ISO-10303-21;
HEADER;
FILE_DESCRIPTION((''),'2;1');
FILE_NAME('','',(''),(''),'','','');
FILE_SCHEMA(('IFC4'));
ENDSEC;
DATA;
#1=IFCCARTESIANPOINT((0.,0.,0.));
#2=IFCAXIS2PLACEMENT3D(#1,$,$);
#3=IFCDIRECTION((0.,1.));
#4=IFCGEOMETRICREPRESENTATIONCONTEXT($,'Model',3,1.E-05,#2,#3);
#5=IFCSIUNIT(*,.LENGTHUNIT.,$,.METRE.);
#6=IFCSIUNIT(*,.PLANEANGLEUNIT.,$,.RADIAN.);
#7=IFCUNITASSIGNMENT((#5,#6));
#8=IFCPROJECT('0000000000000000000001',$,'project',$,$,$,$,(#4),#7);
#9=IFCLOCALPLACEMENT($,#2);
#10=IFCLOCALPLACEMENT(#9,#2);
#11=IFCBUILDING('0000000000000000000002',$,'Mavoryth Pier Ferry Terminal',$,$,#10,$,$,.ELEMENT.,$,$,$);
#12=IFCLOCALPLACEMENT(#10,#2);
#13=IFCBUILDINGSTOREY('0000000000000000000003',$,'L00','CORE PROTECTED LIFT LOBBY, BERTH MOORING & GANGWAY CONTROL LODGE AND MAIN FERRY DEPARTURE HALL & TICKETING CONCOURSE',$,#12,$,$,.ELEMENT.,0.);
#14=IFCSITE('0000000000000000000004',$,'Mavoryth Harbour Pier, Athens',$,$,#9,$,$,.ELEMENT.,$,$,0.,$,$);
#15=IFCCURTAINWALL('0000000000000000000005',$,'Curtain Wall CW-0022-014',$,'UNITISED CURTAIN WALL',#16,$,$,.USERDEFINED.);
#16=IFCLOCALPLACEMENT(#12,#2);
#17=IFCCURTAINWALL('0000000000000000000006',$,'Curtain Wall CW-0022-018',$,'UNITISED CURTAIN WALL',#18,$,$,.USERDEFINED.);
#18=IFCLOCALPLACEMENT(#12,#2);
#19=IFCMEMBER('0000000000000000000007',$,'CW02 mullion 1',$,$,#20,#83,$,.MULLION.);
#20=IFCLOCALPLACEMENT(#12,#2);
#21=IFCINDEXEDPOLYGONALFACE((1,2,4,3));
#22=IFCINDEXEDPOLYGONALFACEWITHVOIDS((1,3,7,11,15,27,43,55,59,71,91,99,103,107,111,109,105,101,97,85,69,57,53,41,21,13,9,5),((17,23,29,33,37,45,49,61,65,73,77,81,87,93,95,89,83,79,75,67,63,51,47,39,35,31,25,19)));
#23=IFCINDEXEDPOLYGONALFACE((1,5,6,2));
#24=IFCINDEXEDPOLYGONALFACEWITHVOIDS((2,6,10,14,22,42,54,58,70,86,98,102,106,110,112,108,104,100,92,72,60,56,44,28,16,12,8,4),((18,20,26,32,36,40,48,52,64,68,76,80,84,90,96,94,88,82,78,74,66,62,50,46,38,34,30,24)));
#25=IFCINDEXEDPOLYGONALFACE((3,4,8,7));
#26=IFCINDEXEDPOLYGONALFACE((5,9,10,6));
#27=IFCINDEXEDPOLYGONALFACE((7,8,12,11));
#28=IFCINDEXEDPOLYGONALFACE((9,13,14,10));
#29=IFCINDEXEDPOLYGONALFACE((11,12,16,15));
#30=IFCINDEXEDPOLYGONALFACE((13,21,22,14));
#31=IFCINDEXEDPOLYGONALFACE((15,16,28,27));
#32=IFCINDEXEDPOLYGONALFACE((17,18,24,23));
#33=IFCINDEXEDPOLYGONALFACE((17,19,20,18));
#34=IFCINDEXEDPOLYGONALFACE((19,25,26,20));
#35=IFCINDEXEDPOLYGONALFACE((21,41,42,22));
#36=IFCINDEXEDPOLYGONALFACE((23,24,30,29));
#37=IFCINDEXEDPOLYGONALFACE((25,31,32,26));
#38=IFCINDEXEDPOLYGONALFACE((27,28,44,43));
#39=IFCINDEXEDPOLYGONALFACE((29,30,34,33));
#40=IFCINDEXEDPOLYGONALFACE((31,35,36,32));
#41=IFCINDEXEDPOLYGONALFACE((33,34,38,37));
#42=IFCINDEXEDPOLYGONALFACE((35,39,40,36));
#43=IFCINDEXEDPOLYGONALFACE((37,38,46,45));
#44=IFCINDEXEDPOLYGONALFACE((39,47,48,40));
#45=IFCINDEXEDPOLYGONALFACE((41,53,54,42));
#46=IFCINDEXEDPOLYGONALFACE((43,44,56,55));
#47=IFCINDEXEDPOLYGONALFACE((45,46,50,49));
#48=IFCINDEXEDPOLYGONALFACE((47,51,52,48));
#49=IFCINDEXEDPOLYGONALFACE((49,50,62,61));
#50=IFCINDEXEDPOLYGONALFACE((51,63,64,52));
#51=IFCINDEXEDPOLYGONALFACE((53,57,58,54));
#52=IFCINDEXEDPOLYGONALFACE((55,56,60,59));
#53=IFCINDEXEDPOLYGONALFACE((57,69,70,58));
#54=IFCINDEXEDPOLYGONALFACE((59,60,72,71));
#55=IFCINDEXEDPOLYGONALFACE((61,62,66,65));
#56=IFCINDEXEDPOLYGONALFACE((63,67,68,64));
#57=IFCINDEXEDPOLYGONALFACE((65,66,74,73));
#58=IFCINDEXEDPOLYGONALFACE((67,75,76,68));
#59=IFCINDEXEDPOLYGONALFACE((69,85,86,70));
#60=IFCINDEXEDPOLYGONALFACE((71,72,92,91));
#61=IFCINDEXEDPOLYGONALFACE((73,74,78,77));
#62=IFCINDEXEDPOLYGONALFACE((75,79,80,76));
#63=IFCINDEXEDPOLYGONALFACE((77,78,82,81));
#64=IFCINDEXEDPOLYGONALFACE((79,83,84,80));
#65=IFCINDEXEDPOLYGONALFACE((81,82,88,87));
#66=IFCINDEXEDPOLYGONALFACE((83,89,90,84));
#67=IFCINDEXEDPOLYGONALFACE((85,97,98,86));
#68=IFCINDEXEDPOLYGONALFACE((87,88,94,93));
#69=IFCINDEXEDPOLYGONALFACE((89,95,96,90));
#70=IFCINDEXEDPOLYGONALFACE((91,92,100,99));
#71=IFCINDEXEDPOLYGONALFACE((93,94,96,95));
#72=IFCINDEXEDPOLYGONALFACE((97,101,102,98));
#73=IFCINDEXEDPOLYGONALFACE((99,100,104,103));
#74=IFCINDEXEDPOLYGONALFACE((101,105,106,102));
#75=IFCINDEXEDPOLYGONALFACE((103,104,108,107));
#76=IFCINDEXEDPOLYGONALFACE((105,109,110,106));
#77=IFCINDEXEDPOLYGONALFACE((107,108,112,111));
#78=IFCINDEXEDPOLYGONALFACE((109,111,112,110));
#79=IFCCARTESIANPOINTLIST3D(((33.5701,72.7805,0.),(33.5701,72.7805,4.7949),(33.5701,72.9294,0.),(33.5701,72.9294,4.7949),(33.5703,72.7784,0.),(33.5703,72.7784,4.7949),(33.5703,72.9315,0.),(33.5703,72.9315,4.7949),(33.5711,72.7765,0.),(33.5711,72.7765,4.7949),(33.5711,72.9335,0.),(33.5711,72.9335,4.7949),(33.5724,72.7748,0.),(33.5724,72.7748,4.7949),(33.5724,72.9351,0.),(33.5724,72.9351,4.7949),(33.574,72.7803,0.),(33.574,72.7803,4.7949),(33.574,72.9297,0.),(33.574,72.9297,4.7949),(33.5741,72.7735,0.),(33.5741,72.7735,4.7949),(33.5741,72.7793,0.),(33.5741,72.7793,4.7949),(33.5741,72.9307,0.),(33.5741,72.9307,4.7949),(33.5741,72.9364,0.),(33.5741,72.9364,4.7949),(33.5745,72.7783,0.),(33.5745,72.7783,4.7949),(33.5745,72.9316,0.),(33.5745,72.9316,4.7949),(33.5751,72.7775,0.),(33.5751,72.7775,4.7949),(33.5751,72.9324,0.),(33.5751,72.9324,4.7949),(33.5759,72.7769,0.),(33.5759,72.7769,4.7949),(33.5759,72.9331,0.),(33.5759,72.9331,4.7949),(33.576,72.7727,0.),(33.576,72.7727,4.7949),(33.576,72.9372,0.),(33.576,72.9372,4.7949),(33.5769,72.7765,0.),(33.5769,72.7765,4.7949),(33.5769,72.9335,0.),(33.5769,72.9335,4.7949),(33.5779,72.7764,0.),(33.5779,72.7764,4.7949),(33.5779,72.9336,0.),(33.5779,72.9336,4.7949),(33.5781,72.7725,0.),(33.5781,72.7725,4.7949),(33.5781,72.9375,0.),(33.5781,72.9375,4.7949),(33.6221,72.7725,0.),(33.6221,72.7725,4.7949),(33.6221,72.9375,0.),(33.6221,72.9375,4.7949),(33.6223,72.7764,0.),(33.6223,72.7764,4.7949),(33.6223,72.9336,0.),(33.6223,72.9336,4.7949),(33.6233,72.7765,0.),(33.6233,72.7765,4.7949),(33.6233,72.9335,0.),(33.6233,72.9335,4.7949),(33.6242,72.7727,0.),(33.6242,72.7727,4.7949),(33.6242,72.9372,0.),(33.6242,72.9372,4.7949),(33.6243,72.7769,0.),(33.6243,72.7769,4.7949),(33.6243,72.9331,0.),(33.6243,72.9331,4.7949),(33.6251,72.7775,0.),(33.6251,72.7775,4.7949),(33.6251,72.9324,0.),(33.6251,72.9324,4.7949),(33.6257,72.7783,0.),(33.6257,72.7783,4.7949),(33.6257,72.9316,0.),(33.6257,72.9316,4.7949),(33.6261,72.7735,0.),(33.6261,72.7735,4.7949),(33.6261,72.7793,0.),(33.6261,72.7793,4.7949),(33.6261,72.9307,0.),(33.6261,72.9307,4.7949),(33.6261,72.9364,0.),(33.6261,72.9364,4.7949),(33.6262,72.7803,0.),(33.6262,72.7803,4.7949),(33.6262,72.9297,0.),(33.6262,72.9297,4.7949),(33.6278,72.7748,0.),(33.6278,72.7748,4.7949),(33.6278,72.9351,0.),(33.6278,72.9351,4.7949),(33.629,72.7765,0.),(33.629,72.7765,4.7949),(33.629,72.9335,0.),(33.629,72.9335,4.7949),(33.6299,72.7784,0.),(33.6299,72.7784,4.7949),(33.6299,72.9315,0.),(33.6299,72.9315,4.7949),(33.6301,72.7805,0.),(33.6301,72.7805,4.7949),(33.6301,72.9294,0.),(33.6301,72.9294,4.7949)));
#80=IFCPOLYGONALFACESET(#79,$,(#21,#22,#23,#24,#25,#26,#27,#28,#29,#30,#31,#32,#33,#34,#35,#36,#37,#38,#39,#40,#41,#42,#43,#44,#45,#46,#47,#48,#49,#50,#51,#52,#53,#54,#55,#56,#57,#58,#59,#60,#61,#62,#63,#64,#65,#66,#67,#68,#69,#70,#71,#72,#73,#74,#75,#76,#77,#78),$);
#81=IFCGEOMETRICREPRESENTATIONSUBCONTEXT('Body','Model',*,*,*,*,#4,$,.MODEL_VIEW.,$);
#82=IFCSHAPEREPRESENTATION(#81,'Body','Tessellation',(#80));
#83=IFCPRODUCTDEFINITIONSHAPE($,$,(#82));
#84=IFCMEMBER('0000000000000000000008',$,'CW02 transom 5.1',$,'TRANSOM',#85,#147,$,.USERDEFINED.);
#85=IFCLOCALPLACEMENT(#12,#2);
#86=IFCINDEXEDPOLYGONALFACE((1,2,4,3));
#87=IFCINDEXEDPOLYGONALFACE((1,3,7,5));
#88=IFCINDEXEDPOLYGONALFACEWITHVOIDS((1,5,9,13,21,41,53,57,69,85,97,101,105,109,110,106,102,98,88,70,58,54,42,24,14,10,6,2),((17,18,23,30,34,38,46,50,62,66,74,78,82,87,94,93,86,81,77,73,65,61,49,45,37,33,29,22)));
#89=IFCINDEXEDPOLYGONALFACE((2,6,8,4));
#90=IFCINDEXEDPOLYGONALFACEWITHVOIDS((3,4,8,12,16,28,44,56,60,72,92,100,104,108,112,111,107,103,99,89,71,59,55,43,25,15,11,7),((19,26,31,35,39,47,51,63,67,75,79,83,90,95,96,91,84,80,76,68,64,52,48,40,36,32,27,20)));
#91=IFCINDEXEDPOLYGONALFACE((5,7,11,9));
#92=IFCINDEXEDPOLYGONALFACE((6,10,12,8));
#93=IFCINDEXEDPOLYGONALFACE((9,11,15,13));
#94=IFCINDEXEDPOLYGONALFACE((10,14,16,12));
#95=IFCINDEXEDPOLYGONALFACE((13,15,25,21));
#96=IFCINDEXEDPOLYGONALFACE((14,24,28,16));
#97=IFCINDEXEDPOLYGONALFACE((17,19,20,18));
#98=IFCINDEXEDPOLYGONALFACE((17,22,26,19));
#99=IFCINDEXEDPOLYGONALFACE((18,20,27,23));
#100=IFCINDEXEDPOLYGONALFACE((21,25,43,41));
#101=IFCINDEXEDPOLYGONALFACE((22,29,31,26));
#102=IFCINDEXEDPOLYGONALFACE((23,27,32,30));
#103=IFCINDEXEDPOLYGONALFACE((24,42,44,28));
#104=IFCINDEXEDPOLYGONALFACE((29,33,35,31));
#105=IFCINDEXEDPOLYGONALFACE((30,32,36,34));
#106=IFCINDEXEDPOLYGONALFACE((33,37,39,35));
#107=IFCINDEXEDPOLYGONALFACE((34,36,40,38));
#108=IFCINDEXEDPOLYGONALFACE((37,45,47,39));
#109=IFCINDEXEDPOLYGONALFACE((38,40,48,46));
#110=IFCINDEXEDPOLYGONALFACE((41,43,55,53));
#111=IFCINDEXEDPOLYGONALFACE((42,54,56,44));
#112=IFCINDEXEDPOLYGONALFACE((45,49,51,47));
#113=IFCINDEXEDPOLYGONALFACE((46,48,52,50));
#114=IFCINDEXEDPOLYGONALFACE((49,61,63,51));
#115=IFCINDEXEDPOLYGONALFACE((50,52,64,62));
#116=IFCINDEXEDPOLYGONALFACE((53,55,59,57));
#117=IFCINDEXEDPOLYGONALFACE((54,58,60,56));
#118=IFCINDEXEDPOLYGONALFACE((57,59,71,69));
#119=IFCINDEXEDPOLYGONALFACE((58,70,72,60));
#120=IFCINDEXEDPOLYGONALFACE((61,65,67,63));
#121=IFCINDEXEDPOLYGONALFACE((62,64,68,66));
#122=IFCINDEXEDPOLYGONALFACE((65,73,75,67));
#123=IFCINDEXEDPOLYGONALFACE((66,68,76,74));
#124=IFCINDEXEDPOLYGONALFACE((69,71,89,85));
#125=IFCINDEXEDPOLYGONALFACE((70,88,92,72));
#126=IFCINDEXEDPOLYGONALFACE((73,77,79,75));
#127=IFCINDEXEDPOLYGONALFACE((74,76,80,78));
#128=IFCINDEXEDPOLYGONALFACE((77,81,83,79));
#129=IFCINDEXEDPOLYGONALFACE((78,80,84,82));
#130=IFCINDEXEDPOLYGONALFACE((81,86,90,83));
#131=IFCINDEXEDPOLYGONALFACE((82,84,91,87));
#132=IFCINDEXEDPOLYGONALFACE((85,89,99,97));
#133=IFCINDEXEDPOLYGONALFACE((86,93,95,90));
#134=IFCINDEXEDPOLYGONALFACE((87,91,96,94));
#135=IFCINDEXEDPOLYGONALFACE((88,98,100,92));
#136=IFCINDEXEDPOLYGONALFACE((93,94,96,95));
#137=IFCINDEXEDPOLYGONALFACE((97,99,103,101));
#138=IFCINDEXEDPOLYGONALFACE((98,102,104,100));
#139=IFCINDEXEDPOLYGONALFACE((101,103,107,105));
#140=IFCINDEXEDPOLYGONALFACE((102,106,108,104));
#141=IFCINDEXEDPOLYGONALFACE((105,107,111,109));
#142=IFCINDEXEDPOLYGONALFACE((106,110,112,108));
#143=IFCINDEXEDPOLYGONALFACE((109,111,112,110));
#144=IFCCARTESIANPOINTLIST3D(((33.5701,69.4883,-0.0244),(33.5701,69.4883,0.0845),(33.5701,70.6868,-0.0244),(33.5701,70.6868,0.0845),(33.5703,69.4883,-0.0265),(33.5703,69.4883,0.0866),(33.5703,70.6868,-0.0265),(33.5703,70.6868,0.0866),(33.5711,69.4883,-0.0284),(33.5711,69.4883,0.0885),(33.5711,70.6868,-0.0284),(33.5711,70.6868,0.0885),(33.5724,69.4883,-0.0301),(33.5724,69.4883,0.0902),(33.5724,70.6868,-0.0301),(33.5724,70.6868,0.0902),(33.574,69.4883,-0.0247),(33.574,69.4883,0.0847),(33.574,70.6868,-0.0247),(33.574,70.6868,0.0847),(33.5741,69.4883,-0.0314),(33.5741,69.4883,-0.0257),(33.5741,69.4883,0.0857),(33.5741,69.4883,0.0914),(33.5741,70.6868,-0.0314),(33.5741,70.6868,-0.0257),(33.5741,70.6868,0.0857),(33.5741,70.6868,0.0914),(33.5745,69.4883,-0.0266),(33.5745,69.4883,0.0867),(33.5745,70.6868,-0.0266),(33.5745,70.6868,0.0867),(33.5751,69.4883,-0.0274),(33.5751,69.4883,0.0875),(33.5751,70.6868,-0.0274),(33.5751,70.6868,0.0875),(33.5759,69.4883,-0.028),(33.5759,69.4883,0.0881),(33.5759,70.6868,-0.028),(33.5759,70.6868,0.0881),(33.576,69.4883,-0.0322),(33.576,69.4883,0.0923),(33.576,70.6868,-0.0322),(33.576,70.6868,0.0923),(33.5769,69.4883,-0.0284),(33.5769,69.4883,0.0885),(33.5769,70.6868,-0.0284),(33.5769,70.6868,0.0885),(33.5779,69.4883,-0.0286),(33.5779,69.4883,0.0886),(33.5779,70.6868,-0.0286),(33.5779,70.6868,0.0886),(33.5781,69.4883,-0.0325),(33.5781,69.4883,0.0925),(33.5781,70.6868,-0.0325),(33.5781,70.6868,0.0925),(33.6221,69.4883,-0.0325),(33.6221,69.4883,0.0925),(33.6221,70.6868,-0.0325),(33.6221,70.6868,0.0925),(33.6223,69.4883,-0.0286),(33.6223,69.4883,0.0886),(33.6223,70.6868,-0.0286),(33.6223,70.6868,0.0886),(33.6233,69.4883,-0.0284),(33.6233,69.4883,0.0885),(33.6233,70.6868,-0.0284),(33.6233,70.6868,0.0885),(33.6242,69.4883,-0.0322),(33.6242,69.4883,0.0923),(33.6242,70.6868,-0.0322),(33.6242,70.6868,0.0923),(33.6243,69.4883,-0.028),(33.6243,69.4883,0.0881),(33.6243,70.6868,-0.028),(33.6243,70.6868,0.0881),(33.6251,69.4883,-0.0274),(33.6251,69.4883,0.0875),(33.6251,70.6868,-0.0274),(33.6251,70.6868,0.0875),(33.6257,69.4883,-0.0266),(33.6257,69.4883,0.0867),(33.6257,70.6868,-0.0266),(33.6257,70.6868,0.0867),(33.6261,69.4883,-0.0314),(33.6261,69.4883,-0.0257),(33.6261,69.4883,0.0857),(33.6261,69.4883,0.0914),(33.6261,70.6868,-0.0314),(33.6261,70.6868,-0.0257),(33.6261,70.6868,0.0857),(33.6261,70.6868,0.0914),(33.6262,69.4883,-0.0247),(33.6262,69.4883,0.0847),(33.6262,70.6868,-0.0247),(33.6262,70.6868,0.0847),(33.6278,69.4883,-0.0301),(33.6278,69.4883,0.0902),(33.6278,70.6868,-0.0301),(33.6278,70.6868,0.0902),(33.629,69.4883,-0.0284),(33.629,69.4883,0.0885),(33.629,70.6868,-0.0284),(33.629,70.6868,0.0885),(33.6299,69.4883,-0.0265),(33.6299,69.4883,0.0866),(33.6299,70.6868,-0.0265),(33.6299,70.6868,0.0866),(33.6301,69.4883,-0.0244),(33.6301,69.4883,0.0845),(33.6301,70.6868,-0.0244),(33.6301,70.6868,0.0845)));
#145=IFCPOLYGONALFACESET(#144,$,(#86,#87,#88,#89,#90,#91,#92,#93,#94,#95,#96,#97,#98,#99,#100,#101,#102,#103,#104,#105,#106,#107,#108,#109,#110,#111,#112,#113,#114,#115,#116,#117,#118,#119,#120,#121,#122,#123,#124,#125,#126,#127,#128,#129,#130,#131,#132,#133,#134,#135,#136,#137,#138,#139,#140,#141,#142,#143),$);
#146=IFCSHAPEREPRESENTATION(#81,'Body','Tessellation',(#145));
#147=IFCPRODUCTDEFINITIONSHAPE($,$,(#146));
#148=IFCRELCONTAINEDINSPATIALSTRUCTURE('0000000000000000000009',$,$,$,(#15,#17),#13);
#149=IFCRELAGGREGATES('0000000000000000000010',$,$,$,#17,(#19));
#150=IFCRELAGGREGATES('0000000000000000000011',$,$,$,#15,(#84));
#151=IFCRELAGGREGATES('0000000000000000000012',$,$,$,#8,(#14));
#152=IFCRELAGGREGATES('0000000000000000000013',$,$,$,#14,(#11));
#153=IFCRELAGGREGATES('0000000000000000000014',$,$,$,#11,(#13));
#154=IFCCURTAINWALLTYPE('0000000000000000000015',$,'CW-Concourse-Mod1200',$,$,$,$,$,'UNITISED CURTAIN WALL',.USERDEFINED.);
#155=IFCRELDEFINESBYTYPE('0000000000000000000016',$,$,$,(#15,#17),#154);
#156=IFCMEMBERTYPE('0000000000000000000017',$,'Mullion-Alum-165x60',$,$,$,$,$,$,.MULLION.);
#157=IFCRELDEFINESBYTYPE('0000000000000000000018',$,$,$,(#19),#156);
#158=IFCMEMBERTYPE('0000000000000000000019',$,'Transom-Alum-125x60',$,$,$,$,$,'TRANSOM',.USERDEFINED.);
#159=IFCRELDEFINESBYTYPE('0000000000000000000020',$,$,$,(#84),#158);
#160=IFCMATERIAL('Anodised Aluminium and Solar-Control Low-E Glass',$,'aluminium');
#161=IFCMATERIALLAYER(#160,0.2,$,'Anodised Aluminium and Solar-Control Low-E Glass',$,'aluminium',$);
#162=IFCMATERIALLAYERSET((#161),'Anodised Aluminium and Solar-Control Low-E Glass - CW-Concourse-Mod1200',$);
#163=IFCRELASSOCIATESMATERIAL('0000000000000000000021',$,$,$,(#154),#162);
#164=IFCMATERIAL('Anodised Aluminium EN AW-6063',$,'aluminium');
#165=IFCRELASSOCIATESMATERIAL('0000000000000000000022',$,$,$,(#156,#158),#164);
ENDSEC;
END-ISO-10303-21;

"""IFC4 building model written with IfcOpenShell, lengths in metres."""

from ifc_helpers import new_model, si_unit, direction, frame, origin, origin_2d, place, context, subcontext, project, spatial, hollow_rectangle, extrude, material, layer, layer_set, material_profile, profile_set, type_object, element, aggregate, save


model = new_model("IFC4")

# Units and contexts
model_context = context("Model", 3, precision=1e-05, world=origin(), true_north=direction((0.0, 1.0)))
body_context = subcontext(model_context, "Body", "Model", "MODEL_VIEW")
ifc_project = project(units=[si_unit("LENGTHUNIT", "METRE"), si_unit("PLANEANGLEUNIT", "RADIAN")], contexts=[model_context])

# Site, building, storey
site_placement = place(None, origin())
site = spatial("IfcSite", under=ifc_project, at=site_placement, Name="Mavoryth Harbour Pier, Athens", CompositionType="ELEMENT", RefElevation=0.0)
building_placement = place(site_placement, origin())
building = spatial("IfcBuilding", under=site, at=building_placement, Name="Mavoryth Pier Ferry Terminal", CompositionType="ELEMENT")
storey_placement = place(building_placement, origin())
storey = spatial("IfcBuildingStorey", under=building, at=storey_placement, Name="L00", Description="CORE PROTECTED LIFT LOBBY, BERTH MOORING & GANGWAY CONTROL LODGE AND MAIN FERRY DEPARTURE HALL & TICKETING CONCOURSE", CompositionType="ELEMENT", Elevation=0.0)

# Curtain wall
ifc_material_1 = material(Name="Anodised Aluminium and Solar-Control Low-E Glass", Category="aluminium")
ifc_layer_1 = layer(ifc_material_1, 0.2, Name="Anodised Aluminium and Solar-Control Low-E Glass", Category="aluminium")
ifc_layer_set_1 = layer_set([ifc_layer_1], Name="Anodised Aluminium and Solar-Control Low-E Glass - CW-Concourse-Mod1200")
curtain_wall_type = type_object("IfcCurtainWallType", Name="CW-Concourse-Mod1200", ElementType="UNITISED CURTAIN WALL", PredefinedType="USERDEFINED", material=ifc_layer_set_1)
curtain_wall_1_placement = place(storey_placement, origin())
curtain_wall_1 = element("IfcCurtainWall", 1, at=curtain_wall_1_placement, inside=storey, type_object=curtain_wall_type, Name="Curtain Wall CW-0022-014", ObjectType="UNITISED CURTAIN WALL", PredefinedType="USERDEFINED")
ifc_material_2 = material(Name="Anodised Aluminium EN AW-6063", Category="aluminium")
ifc_material_profile_1 = material_profile(ifc_material_2, hollow_rectangle(XDim=0.0601, YDim=0.165, WallThickness=0.0039, InnerFilletRadius=0.0039, OuterFilletRadius=0.0081, at=origin_2d()), Name="AL-MULL 165x60x4", Category="aluminium")
ifc_profile_set_1 = profile_set([ifc_material_profile_1], Name="Anodised Aluminium EN AW-6063 - AL-MULL 165x60x4")
member_type_1 = type_object("IfcMemberType", Name="Mullion-Alum-165x60", PredefinedType="MULLION", material=ifc_profile_set_1)

# Curtain wall, member
curtain_wall_2_placement = place(storey_placement, origin())
curtain_wall_2 = element("IfcCurtainWall", 2, at=curtain_wall_2_placement, inside=storey, type_object=curtain_wall_type, Name="Curtain Wall CW-0022-018", ObjectType="UNITISED CURTAIN WALL", PredefinedType="USERDEFINED")
member_1_placement = place(storey_placement, frame((33.6001, 72.855, 0.0), z_axis=(0.0, 0.0, 1.0), x_axis=(-1.0, 0.0, 0.0)))
member_1 = element("IfcMember", 3, at=member_1_placement, type_object=member_type_1, Name="CW02 mullion 1", PredefinedType="MULLION", context=body_context, shape_type="SweptSolid", body=[
    extrude(hollow_rectangle(XDim=0.0601, YDim=0.165, WallThickness=0.0039, InnerFilletRadius=0.0039, OuterFilletRadius=0.0081, at=origin_2d()), origin(), (0.0, 0.0, 1.0), 4.7949),
])
aggregate(curtain_wall_2, [member_1])

# Member
ifc_material_profile_2 = material_profile(ifc_material_2, hollow_rectangle(XDim=0.0601, YDim=0.125, WallThickness=0.0039, InnerFilletRadius=0.0039, OuterFilletRadius=0.0081, at=origin_2d()), Name="AL-TRAN 125x60x4", Category="aluminium")
ifc_profile_set_2 = profile_set([ifc_material_profile_2], Name="Anodised Aluminium EN AW-6063 - AL-TRAN 125x60x4")
member_type_2 = type_object("IfcMemberType", Name="Transom-Alum-125x60", ElementType="TRANSOM", PredefinedType="USERDEFINED", material=ifc_profile_set_2)
member_2_placement = place(storey_placement, frame((33.6001, 69.4883, 0.03), z_axis=(0.0, 1.0, 0.0), x_axis=(-1.0, 0.0, 0.0)))
member_2 = element("IfcMember", 4, at=member_2_placement, type_object=member_type_2, Name="CW02 transom 5.1", ObjectType="TRANSOM", PredefinedType="USERDEFINED", context=body_context, shape_type="SweptSolid", body=[
    extrude(hollow_rectangle(XDim=0.0601, YDim=0.125, WallThickness=0.0039, InnerFilletRadius=0.0039, OuterFilletRadius=0.0081, at=origin_2d()), origin(), (0.0, 0.0, 1.0), 1.1985),
])

aggregate(curtain_wall_1, [member_2])

save(model, "model.ifc")
